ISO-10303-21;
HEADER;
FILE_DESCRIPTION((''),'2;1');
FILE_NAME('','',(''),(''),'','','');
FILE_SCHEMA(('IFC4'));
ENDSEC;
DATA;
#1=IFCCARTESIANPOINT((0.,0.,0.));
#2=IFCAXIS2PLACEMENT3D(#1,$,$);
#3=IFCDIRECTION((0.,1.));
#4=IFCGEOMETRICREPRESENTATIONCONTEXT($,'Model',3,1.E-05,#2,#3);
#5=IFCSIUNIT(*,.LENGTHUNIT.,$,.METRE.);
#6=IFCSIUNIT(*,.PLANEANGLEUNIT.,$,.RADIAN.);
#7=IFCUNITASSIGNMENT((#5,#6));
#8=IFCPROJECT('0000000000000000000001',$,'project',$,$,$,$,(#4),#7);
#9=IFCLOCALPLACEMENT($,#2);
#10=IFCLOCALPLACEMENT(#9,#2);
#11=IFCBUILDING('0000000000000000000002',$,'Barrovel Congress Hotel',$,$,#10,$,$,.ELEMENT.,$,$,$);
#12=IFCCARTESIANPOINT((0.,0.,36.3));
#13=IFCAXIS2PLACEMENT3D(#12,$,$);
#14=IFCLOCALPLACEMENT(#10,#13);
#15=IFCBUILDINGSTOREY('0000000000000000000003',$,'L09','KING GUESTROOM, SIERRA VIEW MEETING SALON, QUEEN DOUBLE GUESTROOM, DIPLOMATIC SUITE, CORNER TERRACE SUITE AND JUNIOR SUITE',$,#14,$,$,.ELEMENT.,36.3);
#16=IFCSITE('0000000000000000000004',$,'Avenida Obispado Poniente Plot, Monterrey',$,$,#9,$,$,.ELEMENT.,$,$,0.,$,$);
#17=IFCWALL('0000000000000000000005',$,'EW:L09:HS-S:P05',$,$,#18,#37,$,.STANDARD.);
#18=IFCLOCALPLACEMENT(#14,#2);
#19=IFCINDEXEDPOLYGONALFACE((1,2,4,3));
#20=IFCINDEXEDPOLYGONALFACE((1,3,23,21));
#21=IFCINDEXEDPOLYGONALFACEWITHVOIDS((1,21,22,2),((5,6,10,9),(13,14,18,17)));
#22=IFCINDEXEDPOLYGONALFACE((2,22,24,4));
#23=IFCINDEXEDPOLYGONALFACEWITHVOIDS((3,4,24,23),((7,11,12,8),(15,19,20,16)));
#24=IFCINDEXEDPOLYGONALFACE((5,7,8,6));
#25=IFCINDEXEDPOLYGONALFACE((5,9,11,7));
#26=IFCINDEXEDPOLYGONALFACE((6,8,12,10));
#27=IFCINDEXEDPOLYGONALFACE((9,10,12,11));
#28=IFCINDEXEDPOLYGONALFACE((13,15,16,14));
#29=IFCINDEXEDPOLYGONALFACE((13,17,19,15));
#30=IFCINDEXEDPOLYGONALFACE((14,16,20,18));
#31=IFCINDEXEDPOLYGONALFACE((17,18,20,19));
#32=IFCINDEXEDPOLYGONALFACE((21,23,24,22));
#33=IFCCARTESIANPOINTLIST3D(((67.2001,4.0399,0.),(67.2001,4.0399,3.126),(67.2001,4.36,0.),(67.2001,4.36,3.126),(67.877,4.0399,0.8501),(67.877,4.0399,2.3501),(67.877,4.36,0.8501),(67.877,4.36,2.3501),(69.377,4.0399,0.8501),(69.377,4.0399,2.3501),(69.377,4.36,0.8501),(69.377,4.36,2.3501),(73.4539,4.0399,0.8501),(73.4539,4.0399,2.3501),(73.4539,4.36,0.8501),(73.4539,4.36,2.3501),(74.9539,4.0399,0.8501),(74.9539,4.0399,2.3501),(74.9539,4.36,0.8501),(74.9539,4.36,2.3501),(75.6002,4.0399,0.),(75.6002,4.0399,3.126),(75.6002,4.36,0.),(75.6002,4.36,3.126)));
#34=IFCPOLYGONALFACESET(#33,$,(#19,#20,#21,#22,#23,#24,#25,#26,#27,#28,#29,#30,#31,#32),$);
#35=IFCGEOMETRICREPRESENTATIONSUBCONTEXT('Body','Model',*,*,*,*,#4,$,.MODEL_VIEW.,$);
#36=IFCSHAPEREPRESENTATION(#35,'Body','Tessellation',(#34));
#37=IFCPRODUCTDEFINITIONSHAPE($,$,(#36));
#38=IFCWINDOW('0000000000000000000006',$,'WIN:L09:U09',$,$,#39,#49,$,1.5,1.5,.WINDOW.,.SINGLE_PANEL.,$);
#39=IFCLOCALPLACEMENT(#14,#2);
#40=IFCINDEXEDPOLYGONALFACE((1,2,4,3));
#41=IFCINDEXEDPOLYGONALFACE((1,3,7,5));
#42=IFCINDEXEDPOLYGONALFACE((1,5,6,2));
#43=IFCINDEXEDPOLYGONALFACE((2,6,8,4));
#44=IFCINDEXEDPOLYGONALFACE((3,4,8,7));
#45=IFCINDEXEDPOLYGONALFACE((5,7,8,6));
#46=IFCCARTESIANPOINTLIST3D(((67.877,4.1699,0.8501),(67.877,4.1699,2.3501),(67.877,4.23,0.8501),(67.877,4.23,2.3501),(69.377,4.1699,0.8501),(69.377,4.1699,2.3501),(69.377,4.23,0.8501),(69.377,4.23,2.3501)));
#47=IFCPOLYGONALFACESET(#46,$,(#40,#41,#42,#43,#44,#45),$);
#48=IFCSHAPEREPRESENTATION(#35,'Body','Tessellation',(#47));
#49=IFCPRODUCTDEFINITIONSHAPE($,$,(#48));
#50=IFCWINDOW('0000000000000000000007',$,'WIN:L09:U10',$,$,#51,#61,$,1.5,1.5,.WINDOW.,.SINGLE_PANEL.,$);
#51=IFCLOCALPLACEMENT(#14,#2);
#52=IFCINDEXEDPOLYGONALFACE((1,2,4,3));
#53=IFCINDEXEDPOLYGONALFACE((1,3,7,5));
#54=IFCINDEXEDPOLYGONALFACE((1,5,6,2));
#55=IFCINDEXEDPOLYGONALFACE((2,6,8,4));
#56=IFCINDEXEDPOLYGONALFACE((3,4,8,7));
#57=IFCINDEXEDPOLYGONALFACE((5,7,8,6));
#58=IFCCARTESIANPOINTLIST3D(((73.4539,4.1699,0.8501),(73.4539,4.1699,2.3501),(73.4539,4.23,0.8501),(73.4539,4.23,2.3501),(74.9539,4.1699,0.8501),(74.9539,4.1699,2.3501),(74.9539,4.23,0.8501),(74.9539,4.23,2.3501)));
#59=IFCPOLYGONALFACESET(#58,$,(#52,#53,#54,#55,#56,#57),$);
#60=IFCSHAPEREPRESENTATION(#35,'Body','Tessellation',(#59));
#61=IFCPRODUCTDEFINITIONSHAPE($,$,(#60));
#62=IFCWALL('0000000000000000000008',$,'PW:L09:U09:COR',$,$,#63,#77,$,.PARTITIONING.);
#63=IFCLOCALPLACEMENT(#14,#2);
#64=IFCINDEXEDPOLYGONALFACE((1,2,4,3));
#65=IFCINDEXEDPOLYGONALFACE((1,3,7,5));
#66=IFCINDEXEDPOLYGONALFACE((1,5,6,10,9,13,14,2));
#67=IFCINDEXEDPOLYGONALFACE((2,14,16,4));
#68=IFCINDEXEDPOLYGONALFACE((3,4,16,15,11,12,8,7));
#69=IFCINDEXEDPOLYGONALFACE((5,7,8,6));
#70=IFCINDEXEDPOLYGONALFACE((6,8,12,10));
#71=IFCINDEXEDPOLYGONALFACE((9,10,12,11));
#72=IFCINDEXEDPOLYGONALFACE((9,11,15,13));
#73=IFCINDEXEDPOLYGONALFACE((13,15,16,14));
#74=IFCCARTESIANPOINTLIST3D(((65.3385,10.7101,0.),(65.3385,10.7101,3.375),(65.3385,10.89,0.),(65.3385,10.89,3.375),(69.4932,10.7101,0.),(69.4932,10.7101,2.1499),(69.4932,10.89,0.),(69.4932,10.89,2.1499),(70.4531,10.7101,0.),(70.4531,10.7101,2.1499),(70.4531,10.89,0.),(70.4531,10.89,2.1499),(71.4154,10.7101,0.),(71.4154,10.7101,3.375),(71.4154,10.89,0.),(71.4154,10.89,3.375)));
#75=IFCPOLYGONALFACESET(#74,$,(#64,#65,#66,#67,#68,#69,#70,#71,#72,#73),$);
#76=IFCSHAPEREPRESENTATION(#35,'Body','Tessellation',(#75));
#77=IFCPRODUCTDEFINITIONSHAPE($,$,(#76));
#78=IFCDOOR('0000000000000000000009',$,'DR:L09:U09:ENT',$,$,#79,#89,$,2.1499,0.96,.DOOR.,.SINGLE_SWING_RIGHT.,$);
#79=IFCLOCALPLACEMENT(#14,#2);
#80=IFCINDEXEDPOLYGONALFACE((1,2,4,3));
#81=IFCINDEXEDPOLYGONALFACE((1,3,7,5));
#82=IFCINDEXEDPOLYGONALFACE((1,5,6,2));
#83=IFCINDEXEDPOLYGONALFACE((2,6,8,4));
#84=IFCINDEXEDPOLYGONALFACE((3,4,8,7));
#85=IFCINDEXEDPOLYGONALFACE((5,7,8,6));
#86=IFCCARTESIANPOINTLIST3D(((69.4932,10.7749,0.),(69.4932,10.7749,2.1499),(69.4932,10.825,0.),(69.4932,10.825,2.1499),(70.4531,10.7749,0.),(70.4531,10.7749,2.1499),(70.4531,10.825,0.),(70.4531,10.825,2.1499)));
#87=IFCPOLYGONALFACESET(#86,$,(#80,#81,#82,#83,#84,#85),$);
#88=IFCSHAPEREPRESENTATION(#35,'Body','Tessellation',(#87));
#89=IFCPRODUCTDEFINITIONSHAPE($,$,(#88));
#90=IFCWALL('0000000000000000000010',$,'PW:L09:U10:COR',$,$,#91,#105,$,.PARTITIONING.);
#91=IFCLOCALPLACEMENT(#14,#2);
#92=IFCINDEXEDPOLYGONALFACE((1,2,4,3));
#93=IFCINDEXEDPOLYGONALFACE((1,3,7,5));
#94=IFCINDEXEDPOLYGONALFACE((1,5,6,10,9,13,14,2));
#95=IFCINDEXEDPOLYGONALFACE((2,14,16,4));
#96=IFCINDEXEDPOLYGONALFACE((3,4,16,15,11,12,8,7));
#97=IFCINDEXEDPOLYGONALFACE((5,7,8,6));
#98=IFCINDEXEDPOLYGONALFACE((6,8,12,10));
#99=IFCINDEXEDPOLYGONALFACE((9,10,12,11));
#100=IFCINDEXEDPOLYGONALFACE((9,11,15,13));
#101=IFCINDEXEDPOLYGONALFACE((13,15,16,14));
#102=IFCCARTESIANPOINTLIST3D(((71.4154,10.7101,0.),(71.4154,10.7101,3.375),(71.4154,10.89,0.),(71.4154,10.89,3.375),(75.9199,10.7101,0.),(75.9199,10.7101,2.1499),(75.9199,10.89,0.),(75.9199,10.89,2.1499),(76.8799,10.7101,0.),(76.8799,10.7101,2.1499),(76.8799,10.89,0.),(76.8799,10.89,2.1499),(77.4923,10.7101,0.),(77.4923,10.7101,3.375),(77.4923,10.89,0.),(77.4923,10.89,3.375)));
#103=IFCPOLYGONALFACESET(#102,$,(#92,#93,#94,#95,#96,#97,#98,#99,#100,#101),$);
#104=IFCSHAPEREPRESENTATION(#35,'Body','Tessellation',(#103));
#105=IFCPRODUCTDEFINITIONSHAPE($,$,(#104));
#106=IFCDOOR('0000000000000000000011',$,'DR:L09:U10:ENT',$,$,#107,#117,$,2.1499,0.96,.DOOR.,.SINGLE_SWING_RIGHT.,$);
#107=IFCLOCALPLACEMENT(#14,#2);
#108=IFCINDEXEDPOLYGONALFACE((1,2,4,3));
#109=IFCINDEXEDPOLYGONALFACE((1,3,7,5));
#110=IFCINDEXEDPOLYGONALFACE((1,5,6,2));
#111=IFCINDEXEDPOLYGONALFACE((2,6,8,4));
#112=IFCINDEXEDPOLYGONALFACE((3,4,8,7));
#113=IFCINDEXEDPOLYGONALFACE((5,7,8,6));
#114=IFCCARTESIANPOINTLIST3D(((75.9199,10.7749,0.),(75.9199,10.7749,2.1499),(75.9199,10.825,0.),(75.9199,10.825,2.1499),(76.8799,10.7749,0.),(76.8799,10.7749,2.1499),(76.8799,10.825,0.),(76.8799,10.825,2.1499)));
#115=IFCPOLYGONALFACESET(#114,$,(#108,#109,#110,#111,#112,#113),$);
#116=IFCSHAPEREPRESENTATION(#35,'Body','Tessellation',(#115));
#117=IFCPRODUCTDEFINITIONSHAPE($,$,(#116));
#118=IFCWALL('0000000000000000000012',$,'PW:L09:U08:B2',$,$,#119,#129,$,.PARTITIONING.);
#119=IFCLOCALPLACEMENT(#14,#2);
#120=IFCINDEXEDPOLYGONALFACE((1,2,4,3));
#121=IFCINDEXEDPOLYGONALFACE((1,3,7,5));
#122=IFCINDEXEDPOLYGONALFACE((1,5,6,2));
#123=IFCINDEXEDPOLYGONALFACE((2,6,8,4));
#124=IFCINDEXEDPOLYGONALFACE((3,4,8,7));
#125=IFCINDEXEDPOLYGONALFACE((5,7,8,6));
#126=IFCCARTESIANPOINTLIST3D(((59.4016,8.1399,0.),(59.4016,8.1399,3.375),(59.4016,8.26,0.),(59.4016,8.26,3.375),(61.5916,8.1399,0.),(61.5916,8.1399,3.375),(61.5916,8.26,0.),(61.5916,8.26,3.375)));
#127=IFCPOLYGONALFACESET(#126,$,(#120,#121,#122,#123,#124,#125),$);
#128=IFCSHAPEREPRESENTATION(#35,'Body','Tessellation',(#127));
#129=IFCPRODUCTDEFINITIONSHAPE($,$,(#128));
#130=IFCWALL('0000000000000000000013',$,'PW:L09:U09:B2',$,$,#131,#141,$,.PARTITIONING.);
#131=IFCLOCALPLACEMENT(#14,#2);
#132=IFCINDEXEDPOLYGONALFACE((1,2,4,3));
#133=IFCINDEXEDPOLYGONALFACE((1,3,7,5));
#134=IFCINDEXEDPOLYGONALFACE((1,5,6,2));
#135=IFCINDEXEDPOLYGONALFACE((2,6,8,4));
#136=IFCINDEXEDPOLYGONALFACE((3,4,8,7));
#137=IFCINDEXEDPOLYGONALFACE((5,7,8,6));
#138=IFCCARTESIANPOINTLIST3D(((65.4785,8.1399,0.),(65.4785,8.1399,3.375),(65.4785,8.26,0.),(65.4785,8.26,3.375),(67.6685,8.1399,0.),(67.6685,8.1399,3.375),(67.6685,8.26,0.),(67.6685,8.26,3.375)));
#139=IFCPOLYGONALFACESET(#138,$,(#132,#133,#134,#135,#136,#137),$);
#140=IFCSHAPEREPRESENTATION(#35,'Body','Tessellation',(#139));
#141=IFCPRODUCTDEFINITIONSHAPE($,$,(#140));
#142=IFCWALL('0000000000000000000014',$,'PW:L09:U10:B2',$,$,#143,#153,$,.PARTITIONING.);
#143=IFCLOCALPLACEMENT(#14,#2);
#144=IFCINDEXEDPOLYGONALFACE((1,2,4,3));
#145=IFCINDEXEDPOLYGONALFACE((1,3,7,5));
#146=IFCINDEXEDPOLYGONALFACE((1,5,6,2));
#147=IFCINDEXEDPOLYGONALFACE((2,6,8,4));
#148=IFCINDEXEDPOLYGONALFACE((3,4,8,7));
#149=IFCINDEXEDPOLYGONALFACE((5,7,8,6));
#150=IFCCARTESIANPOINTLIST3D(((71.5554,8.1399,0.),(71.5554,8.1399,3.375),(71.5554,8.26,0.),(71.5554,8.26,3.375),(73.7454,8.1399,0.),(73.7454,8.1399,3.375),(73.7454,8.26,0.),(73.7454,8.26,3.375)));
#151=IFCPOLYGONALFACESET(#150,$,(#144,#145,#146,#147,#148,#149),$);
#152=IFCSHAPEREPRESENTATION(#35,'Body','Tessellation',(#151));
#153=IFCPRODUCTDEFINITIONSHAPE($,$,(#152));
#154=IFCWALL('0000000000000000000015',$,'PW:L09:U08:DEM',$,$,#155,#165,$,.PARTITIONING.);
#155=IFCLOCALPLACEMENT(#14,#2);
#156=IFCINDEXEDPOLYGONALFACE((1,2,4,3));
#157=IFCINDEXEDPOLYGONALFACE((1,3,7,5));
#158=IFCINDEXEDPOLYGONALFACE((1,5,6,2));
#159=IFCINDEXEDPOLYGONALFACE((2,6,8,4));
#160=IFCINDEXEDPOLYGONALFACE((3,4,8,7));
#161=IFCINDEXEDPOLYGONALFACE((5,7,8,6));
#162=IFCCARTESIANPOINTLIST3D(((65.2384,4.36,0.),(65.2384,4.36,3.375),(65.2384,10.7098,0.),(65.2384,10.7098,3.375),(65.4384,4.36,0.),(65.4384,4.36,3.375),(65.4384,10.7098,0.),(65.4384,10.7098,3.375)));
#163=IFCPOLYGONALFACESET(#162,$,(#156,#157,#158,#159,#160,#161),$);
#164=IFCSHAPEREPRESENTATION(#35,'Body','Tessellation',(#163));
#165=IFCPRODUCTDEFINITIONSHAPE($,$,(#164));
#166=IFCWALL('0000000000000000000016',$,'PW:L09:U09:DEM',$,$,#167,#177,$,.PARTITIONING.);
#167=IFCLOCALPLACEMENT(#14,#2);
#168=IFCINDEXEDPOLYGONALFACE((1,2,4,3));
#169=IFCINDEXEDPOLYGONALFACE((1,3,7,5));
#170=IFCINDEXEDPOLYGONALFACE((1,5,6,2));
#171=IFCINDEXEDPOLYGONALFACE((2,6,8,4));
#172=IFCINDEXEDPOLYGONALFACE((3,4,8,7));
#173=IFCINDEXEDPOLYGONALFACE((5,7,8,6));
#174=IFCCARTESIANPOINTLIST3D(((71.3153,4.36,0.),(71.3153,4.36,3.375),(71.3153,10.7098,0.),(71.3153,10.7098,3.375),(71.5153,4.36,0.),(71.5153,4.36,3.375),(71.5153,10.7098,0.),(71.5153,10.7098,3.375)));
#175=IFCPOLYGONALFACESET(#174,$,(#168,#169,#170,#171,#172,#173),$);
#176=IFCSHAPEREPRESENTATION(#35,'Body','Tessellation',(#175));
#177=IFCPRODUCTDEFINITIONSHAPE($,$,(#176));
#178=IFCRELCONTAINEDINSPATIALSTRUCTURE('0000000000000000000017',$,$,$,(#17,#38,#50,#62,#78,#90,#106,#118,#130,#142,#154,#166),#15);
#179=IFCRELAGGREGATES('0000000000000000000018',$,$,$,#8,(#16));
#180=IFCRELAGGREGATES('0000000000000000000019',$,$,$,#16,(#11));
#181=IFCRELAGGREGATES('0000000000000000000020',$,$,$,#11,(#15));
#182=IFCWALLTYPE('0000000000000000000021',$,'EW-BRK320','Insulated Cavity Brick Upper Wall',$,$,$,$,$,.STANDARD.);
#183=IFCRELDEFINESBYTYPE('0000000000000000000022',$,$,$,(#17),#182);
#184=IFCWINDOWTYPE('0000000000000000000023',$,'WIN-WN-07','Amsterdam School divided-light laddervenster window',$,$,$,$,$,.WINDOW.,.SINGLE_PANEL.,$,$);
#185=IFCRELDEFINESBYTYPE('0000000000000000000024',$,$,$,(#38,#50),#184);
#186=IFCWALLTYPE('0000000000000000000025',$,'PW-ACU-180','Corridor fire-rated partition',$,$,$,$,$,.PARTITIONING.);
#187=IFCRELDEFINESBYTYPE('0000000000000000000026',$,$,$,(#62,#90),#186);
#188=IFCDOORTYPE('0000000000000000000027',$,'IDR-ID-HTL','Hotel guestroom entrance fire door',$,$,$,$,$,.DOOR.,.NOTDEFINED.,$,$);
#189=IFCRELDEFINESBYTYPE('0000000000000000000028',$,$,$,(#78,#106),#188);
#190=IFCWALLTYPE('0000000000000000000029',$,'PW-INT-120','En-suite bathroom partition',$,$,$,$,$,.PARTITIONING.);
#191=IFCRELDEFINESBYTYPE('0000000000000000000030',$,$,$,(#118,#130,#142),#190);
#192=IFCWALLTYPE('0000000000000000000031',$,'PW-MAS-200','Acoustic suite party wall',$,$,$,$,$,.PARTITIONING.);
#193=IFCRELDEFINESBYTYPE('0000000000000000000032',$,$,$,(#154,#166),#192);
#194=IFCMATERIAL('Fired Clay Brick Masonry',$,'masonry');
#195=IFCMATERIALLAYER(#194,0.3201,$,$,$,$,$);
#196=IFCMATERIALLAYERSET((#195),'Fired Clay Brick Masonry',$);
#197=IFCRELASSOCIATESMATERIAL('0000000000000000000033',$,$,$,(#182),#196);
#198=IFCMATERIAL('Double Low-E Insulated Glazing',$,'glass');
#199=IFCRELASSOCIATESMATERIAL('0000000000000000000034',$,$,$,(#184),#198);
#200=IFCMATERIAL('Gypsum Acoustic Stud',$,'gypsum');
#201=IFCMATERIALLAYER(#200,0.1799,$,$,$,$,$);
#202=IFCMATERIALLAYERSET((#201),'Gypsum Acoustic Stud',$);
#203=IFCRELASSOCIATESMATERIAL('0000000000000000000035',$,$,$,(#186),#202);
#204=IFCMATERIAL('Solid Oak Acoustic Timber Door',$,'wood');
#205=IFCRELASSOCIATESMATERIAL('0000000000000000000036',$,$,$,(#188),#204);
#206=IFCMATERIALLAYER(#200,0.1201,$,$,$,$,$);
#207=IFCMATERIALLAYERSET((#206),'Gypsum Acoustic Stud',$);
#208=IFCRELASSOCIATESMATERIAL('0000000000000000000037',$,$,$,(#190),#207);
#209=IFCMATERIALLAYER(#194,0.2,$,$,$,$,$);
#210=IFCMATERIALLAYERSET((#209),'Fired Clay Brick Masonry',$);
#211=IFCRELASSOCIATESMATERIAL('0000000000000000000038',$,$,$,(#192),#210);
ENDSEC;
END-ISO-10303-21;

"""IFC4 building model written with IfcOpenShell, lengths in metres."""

from ifc_helpers import new_model, si_unit, direction, frame, frame_2d, origin, place, context, subcontext, project, spatial, rectangle, extrude, material, layer, layer_set, type_object, element, fill, save


model = new_model("IFC4")

# Units and contexts
model_context = context("Model", 3, precision=1e-05, world=origin(), true_north=direction((0.0, 1.0)))
body_context = subcontext(model_context, "Body", "Model", "MODEL_VIEW")
ifc_project = project(units=[si_unit("LENGTHUNIT", "METRE"), si_unit("PLANEANGLEUNIT", "RADIAN")], contexts=[model_context])

# Site, building, storey
site_placement = place(None, origin())
site = spatial("IfcSite", under=ifc_project, at=site_placement, Name="Avenida Obispado Poniente Plot, Monterrey", CompositionType="ELEMENT", RefElevation=0.0)
building_placement = place(site_placement, origin())
building = spatial("IfcBuilding", under=site, at=building_placement, Name="Barrovel Congress Hotel", CompositionType="ELEMENT")
storey_placement = place(building_placement, frame((0.0, 0.0, 36.3)))
storey = spatial("IfcBuildingStorey", under=building, at=storey_placement, Name="L09", Description="KING GUESTROOM, SIERRA VIEW MEETING SALON, QUEEN DOUBLE GUESTROOM, DIPLOMATIC SUITE, CORNER TERRACE SUITE AND JUNIOR SUITE", CompositionType="ELEMENT", Elevation=36.3)

# Wall, openings, windows
ifc_material_1 = material(Name="Fired Clay Brick Masonry", Category="masonry")
ifc_layer_1 = layer(ifc_material_1, 0.3201)
ifc_layer_set_1 = layer_set([ifc_layer_1], Name="Fired Clay Brick Masonry")
wall_type_1 = type_object("IfcWallType", Name="EW-BRK320", Description="Insulated Cavity Brick Upper Wall", PredefinedType="STANDARD", material=ifc_layer_set_1)
wall_1_placement = place(storey_placement, frame((67.2, 4.2, 0.0), z_axis=(0.0, 0.0, 1.0), x_axis=(1.0, 0.0, 0.0)))
wall_1 = element("IfcWall", 1, at=wall_1_placement, inside=storey, type_object=wall_type_1, Name="EW:L09:HS-S:P05", PredefinedType="STANDARD", context=body_context, shape_type="SweptSolid", body=[
    extrude(rectangle(XDim=8.4001, YDim=0.3201, at=frame_2d((4.2002, 0.0))), origin(), (0.0, 0.0, 1.0), 3.126),
])
opening_1_placement = place(wall_1_placement, frame((0.677, 0.0, 0.8501)))
opening_1 = element("IfcOpeningElement", 2, at=opening_1_placement, cuts=wall_1, PredefinedType="OPENING", context=body_context, shape_type="SweptSolid", body=[
    extrude(rectangle(XDim=1.5, YDim=1.5, at=frame_2d((0.75, 0.75))), frame((0.0, 0.1699, 0.0), z_axis=(0.0, -1.0, 0.0), x_axis=(1.0, 0.0, 0.0)), (0.0, 0.0, 1.0), 0.3401),
])
opening_2_placement = place(wall_1_placement, frame((6.2539, 0.0, 0.8501)))
opening_2 = element("IfcOpeningElement", 3, at=opening_2_placement, cuts=wall_1, PredefinedType="OPENING", context=body_context, shape_type="SweptSolid", body=[
    extrude(rectangle(XDim=1.5, YDim=1.5, at=frame_2d((0.75, 0.75))), frame((0.0, 0.1699, 0.0), z_axis=(0.0, -1.0, 0.0), x_axis=(1.0, 0.0, 0.0)), (0.0, 0.0, 1.0), 0.3401),
])
ifc_material_2 = material(Name="Double Low-E Insulated Glazing", Category="glass")
window_type = type_object("IfcWindowType", Name="WIN-WN-07", Description="Amsterdam School divided-light laddervenster window", PartitioningType="SINGLE_PANEL", PredefinedType="WINDOW", material=ifc_material_2)
window_1_placement = place(opening_1_placement, origin())
window_1 = element("IfcWindow", 4, at=window_1_placement, inside=storey, type_object=window_type, Name="WIN:L09:U09", OverallHeight=1.5, OverallWidth=1.5, PartitioningType="SINGLE_PANEL", PredefinedType="WINDOW", context=body_context, shape_type="SweptSolid", body=[
    extrude(rectangle(XDim=1.5, YDim=1.5, at=frame_2d((0.75, 0.75))), frame((0.0, 0.03, 0.0), z_axis=(0.0, -1.0, 0.0), x_axis=(1.0, 0.0, 0.0)), (0.0, 0.0, 1.0), 0.0601),
])
fill(opening_1, window_1)
window_2_placement = place(opening_2_placement, origin())
window_2 = element("IfcWindow", 5, at=window_2_placement, inside=storey, type_object=window_type, Name="WIN:L09:U10", OverallHeight=1.5, OverallWidth=1.5, PartitioningType="SINGLE_PANEL", PredefinedType="WINDOW", context=body_context, shape_type="SweptSolid", body=[
    extrude(rectangle(XDim=1.5, YDim=1.5, at=frame_2d((0.75, 0.75))), frame((0.0, 0.03, 0.0), z_axis=(0.0, -1.0, 0.0), x_axis=(1.0, 0.0, 0.0)), (0.0, 0.0, 1.0), 0.0601),
])
fill(opening_2, window_2)

# Walls, openings, doors
ifc_material_3 = material(Name="Gypsum Acoustic Stud", Category="gypsum")
ifc_layer_2 = layer(ifc_material_3, 0.1799)
ifc_layer_set_2 = layer_set([ifc_layer_2], Name="Gypsum Acoustic Stud")
wall_type_2 = type_object("IfcWallType", Name="PW-ACU-180", Description="Corridor fire-rated partition", PredefinedType="PARTITIONING", material=ifc_layer_set_2)
wall_2_placement = place(storey_placement, frame((65.3384, 10.8, 0.0), z_axis=(0.0, 0.0, 1.0), x_axis=(1.0, 0.0, 0.0)))
wall_2 = element("IfcWall", 6, at=wall_2_placement, inside=storey, type_object=wall_type_2, Name="PW:L09:U09:COR", PredefinedType="PARTITIONING", context=body_context, shape_type="SweptSolid", body=[
    extrude(rectangle(XDim=6.0769, YDim=0.1799, at=frame_2d((3.0386, 0.0))), origin(), (0.0, 0.0, 1.0), 3.375),
])
opening_3_placement = place(wall_2_placement, frame((4.1548, 0.0, 0.0)))
opening_3 = element("IfcOpeningElement", 7, at=opening_3_placement, cuts=wall_2, PredefinedType="OPENING", context=body_context, shape_type="SweptSolid", body=[
    extrude(rectangle(XDim=0.96, YDim=2.1499, at=frame_2d((0.48, 1.075))), frame((0.0, 0.1001, 0.0), z_axis=(0.0, -1.0, 0.0), x_axis=(1.0, 0.0, 0.0)), (0.0, 0.0, 1.0), 0.2),
])
ifc_material_4 = material(Name="Solid Oak Acoustic Timber Door", Category="wood")
door_type_1 = type_object("IfcDoorType", Name="IDR-ID-HTL", Description="Hotel guestroom entrance fire door", OperationType="NOTDEFINED", PredefinedType="DOOR", material=ifc_material_4)
door_1_placement = place(opening_3_placement, origin())
door_1 = element("IfcDoor", 8, at=door_1_placement, inside=storey, type_object=door_type_1, Name="DR:L09:U09:ENT", OperationType="SINGLE_SWING_RIGHT", OverallHeight=2.1499, OverallWidth=0.96, PredefinedType="DOOR", context=body_context, shape_type="SweptSolid", body=[
    extrude(rectangle(XDim=0.96, YDim=2.1499, at=frame_2d((0.48, 1.075))), frame((0.0, 0.0249, 0.0), z_axis=(0.0, -1.0, 0.0), x_axis=(1.0, 0.0, 0.0)), (0.0, 0.0, 1.0), 0.05),
])
fill(opening_3, door_1)
wall_3_placement = place(storey_placement, frame((71.4153, 10.8, 0.0), z_axis=(0.0, 0.0, 1.0), x_axis=(1.0, 0.0, 0.0)))
wall_3 = element("IfcWall", 9, at=wall_3_placement, inside=storey, type_object=wall_type_2, Name="PW:L09:U10:COR", PredefinedType="PARTITIONING", context=body_context, shape_type="SweptSolid", body=[
    extrude(rectangle(XDim=6.0769, YDim=0.1799, at=frame_2d((3.0386, 0.0))), origin(), (0.0, 0.0, 1.0), 3.375),
])
opening_4_placement = place(wall_3_placement, frame((4.5046, 0.0, 0.0)))
opening_4 = element("IfcOpeningElement", 10, at=opening_4_placement, cuts=wall_3, PredefinedType="OPENING", context=body_context, shape_type="SweptSolid", body=[
    extrude(rectangle(XDim=0.96, YDim=2.1499, at=frame_2d((0.48, 1.075))), frame((0.0, 0.1001, 0.0), z_axis=(0.0, -1.0, 0.0), x_axis=(1.0, 0.0, 0.0)), (0.0, 0.0, 1.0), 0.2),
])
door_2_placement = place(opening_4_placement, origin())
door_2 = element("IfcDoor", 11, at=door_2_placement, inside=storey, type_object=door_type_1, Name="DR:L09:U10:ENT", OperationType="SINGLE_SWING_RIGHT", OverallHeight=2.1499, OverallWidth=0.96, PredefinedType="DOOR", context=body_context, shape_type="SweptSolid", body=[
    extrude(rectangle(XDim=0.96, YDim=2.1499, at=frame_2d((0.48, 1.075))), frame((0.0, 0.0249, 0.0), z_axis=(0.0, -1.0, 0.0), x_axis=(1.0, 0.0, 0.0)), (0.0, 0.0, 1.0), 0.05),
])
fill(opening_4, door_2)

# Walls
ifc_layer_3 = layer(ifc_material_3, 0.1201)
ifc_layer_set_3 = layer_set([ifc_layer_3], Name="Gypsum Acoustic Stud")
wall_type_3 = type_object("IfcWallType", Name="PW-INT-120", Description="En-suite bathroom partition", PredefinedType="PARTITIONING", material=ifc_layer_set_3)
for number, where, z_axis, x_axis, name in (
    (12, (59.4016, 8.2, 0.0), (0.0, 0.0, 1.0), (1.0, 0.0, 0.0), "PW:L09:U08:B2"),
    (13, (65.4785, 8.2, 0.0), (0.0, 0.0, 1.0), (1.0, 0.0, 0.0), "PW:L09:U09:B2"),
    (14, (71.5554, 8.2, 0.0), (0.0, 0.0, 1.0), (1.0, 0.0, 0.0), "PW:L09:U10:B2"),
):
    element("IfcWall", number, at=place(storey_placement, frame(where, z_axis=z_axis, x_axis=x_axis)), inside=storey, type_object=wall_type_3, Name=name, PredefinedType="PARTITIONING", context=body_context, shape_type="SweptSolid", body=[
        extrude(rectangle(XDim=2.1899, YDim=0.1201, at=frame_2d((1.095, 0.0))), origin(), (0.0, 0.0, 1.0), 3.375),
    ])
ifc_layer_4 = layer(ifc_material_1, 0.2)
ifc_layer_set_4 = layer_set([ifc_layer_4], Name="Fired Clay Brick Masonry")
wall_type_4 = type_object("IfcWallType", Name="PW-MAS-200", Description="Acoustic suite party wall", PredefinedType="PARTITIONING", material=ifc_layer_set_4)
for number, where, z_axis, x_axis, name in (
    (15, (65.3384, 4.3601, 0.0), (0.0, 0.0, 1.0), (0.0, 1.0, 0.0), "PW:L09:U08:DEM"),
    (16, (71.4153, 4.3601, 0.0), (0.0, 0.0, 1.0), (0.0, 1.0, 0.0), "PW:L09:U09:DEM"),
):
    element("IfcWall", number, at=place(storey_placement, frame(where, z_axis=z_axis, x_axis=x_axis)), inside=storey, type_object=wall_type_4, Name=name, PredefinedType="PARTITIONING", context=body_context, shape_type="SweptSolid", body=[
        extrude(rectangle(XDim=6.3499, YDim=0.2, at=frame_2d((3.1748, 0.0))), origin(), (0.0, 0.0, 1.0), 3.375),
    ])

save(model, "model.ifc")
